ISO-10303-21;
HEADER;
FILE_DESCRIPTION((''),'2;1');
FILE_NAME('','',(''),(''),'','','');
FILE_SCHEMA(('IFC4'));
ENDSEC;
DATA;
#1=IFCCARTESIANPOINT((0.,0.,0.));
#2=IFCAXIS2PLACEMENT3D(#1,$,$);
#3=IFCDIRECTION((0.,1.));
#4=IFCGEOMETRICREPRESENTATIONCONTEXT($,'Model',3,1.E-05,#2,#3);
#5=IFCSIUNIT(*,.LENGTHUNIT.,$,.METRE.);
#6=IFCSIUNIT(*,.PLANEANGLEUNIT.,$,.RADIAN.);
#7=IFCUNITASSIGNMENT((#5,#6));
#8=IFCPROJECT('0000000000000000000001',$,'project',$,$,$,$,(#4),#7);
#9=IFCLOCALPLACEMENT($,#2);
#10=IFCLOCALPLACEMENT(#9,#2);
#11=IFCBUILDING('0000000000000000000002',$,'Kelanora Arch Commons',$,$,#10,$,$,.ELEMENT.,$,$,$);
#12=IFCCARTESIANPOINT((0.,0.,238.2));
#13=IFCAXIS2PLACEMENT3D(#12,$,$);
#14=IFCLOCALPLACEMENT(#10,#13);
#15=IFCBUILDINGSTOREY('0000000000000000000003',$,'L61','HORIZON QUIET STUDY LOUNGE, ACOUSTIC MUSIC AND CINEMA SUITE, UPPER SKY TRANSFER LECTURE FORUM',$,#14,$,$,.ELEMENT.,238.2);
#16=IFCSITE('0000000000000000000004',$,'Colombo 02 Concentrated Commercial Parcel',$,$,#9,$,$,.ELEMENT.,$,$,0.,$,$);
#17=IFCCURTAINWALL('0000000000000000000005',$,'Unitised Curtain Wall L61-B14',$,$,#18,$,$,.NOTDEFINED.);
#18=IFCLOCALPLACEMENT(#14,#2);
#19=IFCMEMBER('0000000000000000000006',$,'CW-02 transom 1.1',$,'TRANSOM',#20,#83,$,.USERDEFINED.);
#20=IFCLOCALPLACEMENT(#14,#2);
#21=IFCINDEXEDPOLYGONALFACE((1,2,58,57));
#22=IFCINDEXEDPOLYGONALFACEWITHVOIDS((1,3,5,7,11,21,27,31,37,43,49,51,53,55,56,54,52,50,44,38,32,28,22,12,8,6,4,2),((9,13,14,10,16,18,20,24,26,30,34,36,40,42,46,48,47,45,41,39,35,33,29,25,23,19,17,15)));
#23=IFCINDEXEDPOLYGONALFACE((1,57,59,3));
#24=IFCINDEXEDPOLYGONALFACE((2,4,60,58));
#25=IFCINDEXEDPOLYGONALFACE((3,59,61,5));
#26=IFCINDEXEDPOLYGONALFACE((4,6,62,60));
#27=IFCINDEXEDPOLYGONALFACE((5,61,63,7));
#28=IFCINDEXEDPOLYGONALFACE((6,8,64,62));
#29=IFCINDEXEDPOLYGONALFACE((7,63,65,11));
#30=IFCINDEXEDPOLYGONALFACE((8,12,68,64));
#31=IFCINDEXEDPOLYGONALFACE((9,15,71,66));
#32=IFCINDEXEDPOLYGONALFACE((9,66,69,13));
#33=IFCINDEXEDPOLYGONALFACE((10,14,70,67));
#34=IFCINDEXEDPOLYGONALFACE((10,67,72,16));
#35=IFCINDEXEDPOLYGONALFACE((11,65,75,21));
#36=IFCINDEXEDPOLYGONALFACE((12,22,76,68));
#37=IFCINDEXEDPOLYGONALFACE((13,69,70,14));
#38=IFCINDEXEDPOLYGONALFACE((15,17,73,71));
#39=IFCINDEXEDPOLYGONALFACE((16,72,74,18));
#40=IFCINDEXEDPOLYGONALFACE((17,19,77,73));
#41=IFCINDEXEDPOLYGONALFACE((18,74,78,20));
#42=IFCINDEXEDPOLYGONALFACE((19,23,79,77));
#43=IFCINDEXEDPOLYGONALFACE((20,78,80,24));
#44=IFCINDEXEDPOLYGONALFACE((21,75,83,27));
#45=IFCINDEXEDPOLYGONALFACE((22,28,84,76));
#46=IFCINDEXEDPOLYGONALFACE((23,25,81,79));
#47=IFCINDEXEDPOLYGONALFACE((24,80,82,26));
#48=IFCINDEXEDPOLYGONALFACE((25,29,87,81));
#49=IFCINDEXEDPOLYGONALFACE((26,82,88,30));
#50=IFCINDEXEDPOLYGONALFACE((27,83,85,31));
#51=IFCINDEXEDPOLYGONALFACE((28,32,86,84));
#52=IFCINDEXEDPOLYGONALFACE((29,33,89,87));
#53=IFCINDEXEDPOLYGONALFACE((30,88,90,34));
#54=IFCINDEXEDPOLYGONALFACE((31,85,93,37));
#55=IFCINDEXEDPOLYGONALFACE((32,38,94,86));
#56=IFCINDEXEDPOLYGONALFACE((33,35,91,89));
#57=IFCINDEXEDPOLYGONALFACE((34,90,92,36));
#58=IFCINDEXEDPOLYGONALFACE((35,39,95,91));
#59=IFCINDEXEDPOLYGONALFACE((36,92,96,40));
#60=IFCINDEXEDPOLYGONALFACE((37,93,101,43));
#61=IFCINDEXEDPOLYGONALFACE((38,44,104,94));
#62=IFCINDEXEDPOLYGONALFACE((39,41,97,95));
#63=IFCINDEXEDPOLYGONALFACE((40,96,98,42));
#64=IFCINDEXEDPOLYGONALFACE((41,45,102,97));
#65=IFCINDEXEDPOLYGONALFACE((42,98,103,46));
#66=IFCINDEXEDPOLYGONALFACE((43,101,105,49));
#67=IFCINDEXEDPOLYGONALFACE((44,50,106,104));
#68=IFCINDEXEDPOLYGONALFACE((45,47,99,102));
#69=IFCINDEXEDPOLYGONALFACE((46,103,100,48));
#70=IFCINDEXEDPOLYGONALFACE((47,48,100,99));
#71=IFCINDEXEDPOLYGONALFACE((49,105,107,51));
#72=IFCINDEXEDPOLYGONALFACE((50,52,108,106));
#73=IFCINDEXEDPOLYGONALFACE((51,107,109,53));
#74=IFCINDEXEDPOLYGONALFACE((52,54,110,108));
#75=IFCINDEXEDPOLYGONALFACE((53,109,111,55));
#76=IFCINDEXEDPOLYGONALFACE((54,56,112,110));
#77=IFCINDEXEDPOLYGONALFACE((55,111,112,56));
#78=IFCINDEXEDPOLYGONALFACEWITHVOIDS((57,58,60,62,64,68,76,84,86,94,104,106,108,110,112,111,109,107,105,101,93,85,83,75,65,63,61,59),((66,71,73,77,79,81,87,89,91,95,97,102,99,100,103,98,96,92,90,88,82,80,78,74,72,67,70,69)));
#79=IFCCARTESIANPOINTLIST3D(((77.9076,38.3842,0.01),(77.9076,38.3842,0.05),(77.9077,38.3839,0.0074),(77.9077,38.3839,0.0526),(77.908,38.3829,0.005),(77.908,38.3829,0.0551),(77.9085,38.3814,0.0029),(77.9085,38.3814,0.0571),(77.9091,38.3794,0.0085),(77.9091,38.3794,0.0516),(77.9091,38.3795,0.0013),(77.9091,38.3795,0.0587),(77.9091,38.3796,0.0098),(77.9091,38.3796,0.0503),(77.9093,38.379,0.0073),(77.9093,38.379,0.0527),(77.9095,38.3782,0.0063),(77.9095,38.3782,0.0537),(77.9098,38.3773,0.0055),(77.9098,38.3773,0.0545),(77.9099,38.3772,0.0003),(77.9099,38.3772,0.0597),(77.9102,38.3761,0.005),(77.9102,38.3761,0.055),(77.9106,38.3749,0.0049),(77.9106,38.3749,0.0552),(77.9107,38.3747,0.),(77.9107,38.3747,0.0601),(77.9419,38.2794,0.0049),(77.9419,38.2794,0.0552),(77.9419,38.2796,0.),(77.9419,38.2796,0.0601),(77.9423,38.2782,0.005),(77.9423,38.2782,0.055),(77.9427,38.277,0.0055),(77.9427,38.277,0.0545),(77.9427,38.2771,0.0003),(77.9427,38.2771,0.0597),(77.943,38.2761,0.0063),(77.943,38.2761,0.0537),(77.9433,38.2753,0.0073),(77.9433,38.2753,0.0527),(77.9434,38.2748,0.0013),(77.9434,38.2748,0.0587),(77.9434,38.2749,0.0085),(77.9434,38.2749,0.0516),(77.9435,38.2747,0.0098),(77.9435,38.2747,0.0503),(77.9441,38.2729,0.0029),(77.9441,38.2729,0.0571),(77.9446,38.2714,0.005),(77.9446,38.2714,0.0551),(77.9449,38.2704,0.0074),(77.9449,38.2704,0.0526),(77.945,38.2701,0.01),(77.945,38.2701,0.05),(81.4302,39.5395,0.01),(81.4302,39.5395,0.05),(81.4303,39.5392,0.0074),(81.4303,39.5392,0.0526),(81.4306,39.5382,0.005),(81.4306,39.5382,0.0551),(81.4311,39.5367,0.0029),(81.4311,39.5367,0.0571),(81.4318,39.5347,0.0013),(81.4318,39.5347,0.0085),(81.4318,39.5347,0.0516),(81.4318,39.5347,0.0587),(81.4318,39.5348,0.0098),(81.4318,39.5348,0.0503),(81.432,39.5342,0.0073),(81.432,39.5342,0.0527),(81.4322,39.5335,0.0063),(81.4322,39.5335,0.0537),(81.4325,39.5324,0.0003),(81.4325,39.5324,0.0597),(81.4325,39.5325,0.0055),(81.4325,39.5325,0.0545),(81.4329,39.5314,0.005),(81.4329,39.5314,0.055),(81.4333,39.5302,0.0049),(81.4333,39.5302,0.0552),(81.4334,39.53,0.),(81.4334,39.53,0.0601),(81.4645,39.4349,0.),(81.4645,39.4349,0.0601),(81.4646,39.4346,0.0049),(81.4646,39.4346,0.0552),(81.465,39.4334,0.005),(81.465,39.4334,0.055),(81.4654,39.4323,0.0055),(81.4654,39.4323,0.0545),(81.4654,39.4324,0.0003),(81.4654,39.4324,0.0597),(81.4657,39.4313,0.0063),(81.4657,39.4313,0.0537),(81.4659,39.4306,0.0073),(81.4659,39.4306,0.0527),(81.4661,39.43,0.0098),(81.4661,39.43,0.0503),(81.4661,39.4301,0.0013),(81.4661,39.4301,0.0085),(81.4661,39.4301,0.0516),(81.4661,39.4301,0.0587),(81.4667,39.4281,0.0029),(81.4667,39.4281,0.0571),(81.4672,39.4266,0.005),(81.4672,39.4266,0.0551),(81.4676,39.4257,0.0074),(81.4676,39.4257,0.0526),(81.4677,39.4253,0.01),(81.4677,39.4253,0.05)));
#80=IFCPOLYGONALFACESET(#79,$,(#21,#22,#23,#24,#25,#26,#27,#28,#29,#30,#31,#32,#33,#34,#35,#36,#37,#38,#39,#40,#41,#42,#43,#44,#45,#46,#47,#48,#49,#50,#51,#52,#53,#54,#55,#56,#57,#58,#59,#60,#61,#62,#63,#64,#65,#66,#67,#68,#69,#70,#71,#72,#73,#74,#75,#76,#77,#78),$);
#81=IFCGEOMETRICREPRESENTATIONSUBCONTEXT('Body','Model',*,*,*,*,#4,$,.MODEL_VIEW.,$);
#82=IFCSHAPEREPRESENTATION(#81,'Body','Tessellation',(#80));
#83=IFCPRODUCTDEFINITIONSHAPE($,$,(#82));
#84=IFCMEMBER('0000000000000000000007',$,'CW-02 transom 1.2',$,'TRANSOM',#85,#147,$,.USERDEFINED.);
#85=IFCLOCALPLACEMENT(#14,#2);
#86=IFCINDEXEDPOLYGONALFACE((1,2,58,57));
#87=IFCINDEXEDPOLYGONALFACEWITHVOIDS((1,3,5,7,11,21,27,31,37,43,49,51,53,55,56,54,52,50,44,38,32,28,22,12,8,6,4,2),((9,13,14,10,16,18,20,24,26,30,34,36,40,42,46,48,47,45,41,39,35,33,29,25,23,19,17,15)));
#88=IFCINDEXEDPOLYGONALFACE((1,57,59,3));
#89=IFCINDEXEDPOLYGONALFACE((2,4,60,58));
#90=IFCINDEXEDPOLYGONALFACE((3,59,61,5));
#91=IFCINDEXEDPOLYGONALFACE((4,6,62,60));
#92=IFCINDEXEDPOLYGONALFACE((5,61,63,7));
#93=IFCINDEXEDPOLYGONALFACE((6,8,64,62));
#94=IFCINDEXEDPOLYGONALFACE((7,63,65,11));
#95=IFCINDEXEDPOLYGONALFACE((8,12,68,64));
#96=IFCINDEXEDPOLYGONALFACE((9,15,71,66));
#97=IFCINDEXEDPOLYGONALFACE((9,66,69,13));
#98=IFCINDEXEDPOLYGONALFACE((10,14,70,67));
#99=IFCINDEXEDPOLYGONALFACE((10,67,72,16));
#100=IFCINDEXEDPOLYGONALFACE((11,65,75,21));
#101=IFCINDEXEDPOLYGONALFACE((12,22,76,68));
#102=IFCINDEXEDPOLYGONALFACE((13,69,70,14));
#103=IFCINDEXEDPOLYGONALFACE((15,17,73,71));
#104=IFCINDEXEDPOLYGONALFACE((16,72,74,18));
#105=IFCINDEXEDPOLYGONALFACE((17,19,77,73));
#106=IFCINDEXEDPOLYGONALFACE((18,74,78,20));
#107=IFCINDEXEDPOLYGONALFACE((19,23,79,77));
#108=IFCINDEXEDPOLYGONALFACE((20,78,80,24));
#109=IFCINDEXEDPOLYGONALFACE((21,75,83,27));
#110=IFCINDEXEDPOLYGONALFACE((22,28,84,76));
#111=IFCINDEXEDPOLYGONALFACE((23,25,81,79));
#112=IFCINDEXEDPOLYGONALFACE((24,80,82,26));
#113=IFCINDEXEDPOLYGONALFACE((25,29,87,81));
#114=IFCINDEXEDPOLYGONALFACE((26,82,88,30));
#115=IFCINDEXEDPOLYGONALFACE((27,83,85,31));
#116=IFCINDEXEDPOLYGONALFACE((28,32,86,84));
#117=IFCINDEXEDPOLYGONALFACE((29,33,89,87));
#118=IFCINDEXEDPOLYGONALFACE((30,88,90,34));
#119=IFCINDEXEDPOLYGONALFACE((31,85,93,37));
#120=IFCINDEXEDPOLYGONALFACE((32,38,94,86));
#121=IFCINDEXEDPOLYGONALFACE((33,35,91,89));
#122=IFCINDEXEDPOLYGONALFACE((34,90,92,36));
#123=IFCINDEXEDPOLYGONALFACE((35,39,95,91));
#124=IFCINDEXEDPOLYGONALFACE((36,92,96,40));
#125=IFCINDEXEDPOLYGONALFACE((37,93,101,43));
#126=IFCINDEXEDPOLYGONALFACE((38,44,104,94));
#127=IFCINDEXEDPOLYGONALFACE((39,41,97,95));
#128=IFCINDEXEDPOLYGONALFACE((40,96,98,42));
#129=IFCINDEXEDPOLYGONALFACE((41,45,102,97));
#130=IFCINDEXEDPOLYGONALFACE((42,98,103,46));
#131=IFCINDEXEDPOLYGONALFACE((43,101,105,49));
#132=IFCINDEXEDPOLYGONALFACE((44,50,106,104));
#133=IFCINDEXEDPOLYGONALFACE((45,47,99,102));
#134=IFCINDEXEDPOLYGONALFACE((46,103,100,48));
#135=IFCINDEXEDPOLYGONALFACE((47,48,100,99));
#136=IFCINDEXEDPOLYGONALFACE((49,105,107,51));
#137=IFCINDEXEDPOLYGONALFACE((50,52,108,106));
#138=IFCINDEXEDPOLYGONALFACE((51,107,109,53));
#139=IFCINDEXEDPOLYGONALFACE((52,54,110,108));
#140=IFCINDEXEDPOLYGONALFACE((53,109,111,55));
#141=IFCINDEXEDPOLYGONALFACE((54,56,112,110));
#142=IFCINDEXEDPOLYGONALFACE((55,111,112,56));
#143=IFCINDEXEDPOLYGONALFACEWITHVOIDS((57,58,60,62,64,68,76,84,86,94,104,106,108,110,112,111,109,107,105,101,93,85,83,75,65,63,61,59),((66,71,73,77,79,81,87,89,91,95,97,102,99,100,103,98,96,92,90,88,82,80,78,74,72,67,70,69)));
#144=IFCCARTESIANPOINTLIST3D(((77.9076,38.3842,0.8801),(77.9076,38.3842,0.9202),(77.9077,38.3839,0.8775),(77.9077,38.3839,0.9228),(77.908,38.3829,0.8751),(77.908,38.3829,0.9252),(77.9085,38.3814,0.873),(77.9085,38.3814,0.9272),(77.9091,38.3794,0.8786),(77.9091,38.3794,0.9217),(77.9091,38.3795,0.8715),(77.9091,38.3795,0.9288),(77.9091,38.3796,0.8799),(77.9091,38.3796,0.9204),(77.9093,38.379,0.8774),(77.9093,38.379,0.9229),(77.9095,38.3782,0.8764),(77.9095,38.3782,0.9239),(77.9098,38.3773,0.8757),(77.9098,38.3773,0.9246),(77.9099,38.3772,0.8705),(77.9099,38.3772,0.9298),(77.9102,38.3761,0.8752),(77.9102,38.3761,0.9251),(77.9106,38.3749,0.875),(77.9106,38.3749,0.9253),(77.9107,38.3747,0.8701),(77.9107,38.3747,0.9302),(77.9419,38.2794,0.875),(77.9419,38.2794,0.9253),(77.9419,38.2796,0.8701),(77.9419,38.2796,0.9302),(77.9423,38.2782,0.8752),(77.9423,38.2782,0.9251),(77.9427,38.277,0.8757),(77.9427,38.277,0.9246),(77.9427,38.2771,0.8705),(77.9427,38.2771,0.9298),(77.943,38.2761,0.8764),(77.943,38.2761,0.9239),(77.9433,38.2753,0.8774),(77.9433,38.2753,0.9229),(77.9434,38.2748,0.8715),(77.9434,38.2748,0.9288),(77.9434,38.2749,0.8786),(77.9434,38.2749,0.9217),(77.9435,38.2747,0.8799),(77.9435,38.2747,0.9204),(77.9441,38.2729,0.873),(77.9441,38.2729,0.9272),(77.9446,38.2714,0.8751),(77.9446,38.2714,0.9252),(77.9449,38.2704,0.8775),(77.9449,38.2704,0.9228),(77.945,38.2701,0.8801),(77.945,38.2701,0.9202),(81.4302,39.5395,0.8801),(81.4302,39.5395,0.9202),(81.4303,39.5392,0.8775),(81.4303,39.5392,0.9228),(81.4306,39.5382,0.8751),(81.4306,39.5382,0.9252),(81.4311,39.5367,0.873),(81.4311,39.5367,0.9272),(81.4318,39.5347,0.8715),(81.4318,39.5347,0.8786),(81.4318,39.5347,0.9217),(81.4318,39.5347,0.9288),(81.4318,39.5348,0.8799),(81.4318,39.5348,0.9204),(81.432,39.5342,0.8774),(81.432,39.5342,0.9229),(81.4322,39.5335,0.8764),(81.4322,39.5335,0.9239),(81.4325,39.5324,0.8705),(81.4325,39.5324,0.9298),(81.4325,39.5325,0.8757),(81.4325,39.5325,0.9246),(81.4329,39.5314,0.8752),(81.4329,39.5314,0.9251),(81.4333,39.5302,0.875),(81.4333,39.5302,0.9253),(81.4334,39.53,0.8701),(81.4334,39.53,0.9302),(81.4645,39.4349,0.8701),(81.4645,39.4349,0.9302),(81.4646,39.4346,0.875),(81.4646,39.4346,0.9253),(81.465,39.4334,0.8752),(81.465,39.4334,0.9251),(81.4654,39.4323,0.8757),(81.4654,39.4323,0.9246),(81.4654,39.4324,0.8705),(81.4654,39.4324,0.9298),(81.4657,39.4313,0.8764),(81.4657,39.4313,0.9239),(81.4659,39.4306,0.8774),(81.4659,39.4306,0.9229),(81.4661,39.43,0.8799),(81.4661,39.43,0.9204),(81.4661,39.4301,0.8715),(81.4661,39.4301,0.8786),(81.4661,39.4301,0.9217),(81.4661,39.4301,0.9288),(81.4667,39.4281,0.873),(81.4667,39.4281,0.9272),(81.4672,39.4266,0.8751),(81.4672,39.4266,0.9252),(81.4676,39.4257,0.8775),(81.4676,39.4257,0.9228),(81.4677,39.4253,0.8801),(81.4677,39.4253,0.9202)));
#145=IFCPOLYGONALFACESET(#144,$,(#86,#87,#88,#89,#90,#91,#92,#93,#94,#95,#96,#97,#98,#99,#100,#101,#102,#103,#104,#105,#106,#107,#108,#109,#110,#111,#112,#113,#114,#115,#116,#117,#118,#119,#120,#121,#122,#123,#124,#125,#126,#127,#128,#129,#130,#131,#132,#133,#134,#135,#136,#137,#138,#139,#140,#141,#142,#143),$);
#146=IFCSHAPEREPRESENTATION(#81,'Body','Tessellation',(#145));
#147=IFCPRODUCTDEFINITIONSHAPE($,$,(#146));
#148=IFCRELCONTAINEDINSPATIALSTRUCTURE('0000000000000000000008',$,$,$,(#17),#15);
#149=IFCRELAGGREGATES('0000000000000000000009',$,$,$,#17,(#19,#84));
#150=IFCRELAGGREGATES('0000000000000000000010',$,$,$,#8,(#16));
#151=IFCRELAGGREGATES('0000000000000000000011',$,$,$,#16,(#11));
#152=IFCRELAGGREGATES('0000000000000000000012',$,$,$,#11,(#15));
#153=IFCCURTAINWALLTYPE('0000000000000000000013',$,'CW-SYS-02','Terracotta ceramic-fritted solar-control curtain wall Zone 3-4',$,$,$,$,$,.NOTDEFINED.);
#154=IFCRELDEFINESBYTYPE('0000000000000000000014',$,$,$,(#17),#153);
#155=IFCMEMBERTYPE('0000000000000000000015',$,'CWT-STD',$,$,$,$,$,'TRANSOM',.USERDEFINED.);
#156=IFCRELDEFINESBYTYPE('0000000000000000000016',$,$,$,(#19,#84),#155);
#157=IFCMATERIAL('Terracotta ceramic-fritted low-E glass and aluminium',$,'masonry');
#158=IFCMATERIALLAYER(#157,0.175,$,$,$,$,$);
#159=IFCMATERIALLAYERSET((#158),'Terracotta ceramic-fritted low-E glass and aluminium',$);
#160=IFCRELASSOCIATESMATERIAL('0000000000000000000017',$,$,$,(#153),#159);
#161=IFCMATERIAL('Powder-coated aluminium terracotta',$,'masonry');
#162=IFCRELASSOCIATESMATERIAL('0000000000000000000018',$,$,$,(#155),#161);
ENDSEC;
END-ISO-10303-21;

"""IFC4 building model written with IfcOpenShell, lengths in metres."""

from ifc_helpers import new_model, si_unit, direction, frame, origin, origin_2d, place, context, subcontext, project, spatial, hollow_rectangle, extrude, material, layer, layer_set, material_profile, profile_set, type_object, element, aggregate, save


model = new_model("IFC4")

# Units and contexts
model_context = context("Model", 3, precision=1e-05, world=origin(), true_north=direction((0.0, 1.0)))
body_context = subcontext(model_context, "Body", "Model", "MODEL_VIEW")
ifc_project = project(units=[si_unit("LENGTHUNIT", "METRE"), si_unit("PLANEANGLEUNIT", "RADIAN")], contexts=[model_context])

# Site, building, storey
site_placement = place(None, origin())
site = spatial("IfcSite", under=ifc_project, at=site_placement, Name="Colombo 02 Concentrated Commercial Parcel", CompositionType="ELEMENT", RefElevation=0.0)
building_placement = place(site_placement, origin())
building = spatial("IfcBuilding", under=site, at=building_placement, Name="Kelanora Arch Commons", CompositionType="ELEMENT")
storey_placement = place(building_placement, frame((0.0, 0.0, 238.2)))
storey = spatial("IfcBuildingStorey", under=building, at=storey_placement, Name="L61", Description="HORIZON QUIET STUDY LOUNGE, ACOUSTIC MUSIC AND CINEMA SUITE, UPPER SKY TRANSFER LECTURE FORUM", CompositionType="ELEMENT", Elevation=238.2)

# Curtain wall, members
ifc_material_1 = material(Name="Terracotta ceramic-fritted low-E glass and aluminium", Category="masonry")
ifc_layer_1 = layer(ifc_material_1, 0.175)
ifc_layer_set_1 = layer_set([ifc_layer_1], Name="Terracotta ceramic-fritted low-E glass and aluminium")
curtain_wall_type = type_object("IfcCurtainWallType", Name="CW-SYS-02", Description="Terracotta ceramic-fritted solar-control curtain wall Zone 3-4", PredefinedType="NOTDEFINED", material=ifc_layer_set_1)
curtain_wall_placement = place(storey_placement, origin())
curtain_wall = element("IfcCurtainWall", 1, at=curtain_wall_placement, inside=storey, type_object=curtain_wall_type, Name="Unitised Curtain Wall L61-B14", PredefinedType="NOTDEFINED")
ifc_material_2 = material(Name="Powder-coated aluminium terracotta", Category="masonry")
ifc_material_profile_1 = material_profile(ifc_material_2, hollow_rectangle(XDim=0.1201, YDim=0.0601, WallThickness=0.0049, InnerFilletRadius=0.0049, OuterFilletRadius=0.01, at=origin_2d()), Name="CWT120x60")
ifc_profile_set_1 = profile_set([ifc_material_profile_1], Name="Powder-coated aluminium terracotta")
member_type_1 = type_object("IfcMemberType", Name="CWT-STD", ElementType="TRANSOM", PredefinedType="USERDEFINED", material=ifc_profile_set_1)
member_1_placement = place(storey_placement, frame((77.9263, 38.3271, 0.03), z_axis=(0.950207, 0.311621, 0.0), x_axis=(-0.311621, 0.950207, 0.0)))
member_1 = element("IfcMember", 2, at=member_1_placement, type_object=member_type_1, Name="CW-02 transom 1.1", ObjectType="TRANSOM", PredefinedType="USERDEFINED", context=body_context, shape_type="SweptSolid", body=[
    extrude(hollow_rectangle(XDim=0.1201, YDim=0.0601, WallThickness=0.0049, InnerFilletRadius=0.0049, OuterFilletRadius=0.01, at=origin_2d()), origin(), (0.0, 0.0, 1.0), 3.7073),
])
member_2_placement = place(storey_placement, frame((77.9263, 38.3271, 0.9001), z_axis=(0.950207, 0.311621, 0.0), x_axis=(-0.311621, 0.950207, 0.0)))
member_2 = element("IfcMember", 3, at=member_2_placement, type_object=member_type_1, Name="CW-02 transom 1.2", ObjectType="TRANSOM", PredefinedType="USERDEFINED", context=body_context, shape_type="SweptSolid", body=[
    extrude(hollow_rectangle(XDim=0.1201, YDim=0.0601, WallThickness=0.0049, InnerFilletRadius=0.0049, OuterFilletRadius=0.01, at=origin_2d()), origin(), (0.0, 0.0, 1.0), 3.7073),
])
aggregate(curtain_wall, [member_1, member_2])

save(model, "model.ifc")
